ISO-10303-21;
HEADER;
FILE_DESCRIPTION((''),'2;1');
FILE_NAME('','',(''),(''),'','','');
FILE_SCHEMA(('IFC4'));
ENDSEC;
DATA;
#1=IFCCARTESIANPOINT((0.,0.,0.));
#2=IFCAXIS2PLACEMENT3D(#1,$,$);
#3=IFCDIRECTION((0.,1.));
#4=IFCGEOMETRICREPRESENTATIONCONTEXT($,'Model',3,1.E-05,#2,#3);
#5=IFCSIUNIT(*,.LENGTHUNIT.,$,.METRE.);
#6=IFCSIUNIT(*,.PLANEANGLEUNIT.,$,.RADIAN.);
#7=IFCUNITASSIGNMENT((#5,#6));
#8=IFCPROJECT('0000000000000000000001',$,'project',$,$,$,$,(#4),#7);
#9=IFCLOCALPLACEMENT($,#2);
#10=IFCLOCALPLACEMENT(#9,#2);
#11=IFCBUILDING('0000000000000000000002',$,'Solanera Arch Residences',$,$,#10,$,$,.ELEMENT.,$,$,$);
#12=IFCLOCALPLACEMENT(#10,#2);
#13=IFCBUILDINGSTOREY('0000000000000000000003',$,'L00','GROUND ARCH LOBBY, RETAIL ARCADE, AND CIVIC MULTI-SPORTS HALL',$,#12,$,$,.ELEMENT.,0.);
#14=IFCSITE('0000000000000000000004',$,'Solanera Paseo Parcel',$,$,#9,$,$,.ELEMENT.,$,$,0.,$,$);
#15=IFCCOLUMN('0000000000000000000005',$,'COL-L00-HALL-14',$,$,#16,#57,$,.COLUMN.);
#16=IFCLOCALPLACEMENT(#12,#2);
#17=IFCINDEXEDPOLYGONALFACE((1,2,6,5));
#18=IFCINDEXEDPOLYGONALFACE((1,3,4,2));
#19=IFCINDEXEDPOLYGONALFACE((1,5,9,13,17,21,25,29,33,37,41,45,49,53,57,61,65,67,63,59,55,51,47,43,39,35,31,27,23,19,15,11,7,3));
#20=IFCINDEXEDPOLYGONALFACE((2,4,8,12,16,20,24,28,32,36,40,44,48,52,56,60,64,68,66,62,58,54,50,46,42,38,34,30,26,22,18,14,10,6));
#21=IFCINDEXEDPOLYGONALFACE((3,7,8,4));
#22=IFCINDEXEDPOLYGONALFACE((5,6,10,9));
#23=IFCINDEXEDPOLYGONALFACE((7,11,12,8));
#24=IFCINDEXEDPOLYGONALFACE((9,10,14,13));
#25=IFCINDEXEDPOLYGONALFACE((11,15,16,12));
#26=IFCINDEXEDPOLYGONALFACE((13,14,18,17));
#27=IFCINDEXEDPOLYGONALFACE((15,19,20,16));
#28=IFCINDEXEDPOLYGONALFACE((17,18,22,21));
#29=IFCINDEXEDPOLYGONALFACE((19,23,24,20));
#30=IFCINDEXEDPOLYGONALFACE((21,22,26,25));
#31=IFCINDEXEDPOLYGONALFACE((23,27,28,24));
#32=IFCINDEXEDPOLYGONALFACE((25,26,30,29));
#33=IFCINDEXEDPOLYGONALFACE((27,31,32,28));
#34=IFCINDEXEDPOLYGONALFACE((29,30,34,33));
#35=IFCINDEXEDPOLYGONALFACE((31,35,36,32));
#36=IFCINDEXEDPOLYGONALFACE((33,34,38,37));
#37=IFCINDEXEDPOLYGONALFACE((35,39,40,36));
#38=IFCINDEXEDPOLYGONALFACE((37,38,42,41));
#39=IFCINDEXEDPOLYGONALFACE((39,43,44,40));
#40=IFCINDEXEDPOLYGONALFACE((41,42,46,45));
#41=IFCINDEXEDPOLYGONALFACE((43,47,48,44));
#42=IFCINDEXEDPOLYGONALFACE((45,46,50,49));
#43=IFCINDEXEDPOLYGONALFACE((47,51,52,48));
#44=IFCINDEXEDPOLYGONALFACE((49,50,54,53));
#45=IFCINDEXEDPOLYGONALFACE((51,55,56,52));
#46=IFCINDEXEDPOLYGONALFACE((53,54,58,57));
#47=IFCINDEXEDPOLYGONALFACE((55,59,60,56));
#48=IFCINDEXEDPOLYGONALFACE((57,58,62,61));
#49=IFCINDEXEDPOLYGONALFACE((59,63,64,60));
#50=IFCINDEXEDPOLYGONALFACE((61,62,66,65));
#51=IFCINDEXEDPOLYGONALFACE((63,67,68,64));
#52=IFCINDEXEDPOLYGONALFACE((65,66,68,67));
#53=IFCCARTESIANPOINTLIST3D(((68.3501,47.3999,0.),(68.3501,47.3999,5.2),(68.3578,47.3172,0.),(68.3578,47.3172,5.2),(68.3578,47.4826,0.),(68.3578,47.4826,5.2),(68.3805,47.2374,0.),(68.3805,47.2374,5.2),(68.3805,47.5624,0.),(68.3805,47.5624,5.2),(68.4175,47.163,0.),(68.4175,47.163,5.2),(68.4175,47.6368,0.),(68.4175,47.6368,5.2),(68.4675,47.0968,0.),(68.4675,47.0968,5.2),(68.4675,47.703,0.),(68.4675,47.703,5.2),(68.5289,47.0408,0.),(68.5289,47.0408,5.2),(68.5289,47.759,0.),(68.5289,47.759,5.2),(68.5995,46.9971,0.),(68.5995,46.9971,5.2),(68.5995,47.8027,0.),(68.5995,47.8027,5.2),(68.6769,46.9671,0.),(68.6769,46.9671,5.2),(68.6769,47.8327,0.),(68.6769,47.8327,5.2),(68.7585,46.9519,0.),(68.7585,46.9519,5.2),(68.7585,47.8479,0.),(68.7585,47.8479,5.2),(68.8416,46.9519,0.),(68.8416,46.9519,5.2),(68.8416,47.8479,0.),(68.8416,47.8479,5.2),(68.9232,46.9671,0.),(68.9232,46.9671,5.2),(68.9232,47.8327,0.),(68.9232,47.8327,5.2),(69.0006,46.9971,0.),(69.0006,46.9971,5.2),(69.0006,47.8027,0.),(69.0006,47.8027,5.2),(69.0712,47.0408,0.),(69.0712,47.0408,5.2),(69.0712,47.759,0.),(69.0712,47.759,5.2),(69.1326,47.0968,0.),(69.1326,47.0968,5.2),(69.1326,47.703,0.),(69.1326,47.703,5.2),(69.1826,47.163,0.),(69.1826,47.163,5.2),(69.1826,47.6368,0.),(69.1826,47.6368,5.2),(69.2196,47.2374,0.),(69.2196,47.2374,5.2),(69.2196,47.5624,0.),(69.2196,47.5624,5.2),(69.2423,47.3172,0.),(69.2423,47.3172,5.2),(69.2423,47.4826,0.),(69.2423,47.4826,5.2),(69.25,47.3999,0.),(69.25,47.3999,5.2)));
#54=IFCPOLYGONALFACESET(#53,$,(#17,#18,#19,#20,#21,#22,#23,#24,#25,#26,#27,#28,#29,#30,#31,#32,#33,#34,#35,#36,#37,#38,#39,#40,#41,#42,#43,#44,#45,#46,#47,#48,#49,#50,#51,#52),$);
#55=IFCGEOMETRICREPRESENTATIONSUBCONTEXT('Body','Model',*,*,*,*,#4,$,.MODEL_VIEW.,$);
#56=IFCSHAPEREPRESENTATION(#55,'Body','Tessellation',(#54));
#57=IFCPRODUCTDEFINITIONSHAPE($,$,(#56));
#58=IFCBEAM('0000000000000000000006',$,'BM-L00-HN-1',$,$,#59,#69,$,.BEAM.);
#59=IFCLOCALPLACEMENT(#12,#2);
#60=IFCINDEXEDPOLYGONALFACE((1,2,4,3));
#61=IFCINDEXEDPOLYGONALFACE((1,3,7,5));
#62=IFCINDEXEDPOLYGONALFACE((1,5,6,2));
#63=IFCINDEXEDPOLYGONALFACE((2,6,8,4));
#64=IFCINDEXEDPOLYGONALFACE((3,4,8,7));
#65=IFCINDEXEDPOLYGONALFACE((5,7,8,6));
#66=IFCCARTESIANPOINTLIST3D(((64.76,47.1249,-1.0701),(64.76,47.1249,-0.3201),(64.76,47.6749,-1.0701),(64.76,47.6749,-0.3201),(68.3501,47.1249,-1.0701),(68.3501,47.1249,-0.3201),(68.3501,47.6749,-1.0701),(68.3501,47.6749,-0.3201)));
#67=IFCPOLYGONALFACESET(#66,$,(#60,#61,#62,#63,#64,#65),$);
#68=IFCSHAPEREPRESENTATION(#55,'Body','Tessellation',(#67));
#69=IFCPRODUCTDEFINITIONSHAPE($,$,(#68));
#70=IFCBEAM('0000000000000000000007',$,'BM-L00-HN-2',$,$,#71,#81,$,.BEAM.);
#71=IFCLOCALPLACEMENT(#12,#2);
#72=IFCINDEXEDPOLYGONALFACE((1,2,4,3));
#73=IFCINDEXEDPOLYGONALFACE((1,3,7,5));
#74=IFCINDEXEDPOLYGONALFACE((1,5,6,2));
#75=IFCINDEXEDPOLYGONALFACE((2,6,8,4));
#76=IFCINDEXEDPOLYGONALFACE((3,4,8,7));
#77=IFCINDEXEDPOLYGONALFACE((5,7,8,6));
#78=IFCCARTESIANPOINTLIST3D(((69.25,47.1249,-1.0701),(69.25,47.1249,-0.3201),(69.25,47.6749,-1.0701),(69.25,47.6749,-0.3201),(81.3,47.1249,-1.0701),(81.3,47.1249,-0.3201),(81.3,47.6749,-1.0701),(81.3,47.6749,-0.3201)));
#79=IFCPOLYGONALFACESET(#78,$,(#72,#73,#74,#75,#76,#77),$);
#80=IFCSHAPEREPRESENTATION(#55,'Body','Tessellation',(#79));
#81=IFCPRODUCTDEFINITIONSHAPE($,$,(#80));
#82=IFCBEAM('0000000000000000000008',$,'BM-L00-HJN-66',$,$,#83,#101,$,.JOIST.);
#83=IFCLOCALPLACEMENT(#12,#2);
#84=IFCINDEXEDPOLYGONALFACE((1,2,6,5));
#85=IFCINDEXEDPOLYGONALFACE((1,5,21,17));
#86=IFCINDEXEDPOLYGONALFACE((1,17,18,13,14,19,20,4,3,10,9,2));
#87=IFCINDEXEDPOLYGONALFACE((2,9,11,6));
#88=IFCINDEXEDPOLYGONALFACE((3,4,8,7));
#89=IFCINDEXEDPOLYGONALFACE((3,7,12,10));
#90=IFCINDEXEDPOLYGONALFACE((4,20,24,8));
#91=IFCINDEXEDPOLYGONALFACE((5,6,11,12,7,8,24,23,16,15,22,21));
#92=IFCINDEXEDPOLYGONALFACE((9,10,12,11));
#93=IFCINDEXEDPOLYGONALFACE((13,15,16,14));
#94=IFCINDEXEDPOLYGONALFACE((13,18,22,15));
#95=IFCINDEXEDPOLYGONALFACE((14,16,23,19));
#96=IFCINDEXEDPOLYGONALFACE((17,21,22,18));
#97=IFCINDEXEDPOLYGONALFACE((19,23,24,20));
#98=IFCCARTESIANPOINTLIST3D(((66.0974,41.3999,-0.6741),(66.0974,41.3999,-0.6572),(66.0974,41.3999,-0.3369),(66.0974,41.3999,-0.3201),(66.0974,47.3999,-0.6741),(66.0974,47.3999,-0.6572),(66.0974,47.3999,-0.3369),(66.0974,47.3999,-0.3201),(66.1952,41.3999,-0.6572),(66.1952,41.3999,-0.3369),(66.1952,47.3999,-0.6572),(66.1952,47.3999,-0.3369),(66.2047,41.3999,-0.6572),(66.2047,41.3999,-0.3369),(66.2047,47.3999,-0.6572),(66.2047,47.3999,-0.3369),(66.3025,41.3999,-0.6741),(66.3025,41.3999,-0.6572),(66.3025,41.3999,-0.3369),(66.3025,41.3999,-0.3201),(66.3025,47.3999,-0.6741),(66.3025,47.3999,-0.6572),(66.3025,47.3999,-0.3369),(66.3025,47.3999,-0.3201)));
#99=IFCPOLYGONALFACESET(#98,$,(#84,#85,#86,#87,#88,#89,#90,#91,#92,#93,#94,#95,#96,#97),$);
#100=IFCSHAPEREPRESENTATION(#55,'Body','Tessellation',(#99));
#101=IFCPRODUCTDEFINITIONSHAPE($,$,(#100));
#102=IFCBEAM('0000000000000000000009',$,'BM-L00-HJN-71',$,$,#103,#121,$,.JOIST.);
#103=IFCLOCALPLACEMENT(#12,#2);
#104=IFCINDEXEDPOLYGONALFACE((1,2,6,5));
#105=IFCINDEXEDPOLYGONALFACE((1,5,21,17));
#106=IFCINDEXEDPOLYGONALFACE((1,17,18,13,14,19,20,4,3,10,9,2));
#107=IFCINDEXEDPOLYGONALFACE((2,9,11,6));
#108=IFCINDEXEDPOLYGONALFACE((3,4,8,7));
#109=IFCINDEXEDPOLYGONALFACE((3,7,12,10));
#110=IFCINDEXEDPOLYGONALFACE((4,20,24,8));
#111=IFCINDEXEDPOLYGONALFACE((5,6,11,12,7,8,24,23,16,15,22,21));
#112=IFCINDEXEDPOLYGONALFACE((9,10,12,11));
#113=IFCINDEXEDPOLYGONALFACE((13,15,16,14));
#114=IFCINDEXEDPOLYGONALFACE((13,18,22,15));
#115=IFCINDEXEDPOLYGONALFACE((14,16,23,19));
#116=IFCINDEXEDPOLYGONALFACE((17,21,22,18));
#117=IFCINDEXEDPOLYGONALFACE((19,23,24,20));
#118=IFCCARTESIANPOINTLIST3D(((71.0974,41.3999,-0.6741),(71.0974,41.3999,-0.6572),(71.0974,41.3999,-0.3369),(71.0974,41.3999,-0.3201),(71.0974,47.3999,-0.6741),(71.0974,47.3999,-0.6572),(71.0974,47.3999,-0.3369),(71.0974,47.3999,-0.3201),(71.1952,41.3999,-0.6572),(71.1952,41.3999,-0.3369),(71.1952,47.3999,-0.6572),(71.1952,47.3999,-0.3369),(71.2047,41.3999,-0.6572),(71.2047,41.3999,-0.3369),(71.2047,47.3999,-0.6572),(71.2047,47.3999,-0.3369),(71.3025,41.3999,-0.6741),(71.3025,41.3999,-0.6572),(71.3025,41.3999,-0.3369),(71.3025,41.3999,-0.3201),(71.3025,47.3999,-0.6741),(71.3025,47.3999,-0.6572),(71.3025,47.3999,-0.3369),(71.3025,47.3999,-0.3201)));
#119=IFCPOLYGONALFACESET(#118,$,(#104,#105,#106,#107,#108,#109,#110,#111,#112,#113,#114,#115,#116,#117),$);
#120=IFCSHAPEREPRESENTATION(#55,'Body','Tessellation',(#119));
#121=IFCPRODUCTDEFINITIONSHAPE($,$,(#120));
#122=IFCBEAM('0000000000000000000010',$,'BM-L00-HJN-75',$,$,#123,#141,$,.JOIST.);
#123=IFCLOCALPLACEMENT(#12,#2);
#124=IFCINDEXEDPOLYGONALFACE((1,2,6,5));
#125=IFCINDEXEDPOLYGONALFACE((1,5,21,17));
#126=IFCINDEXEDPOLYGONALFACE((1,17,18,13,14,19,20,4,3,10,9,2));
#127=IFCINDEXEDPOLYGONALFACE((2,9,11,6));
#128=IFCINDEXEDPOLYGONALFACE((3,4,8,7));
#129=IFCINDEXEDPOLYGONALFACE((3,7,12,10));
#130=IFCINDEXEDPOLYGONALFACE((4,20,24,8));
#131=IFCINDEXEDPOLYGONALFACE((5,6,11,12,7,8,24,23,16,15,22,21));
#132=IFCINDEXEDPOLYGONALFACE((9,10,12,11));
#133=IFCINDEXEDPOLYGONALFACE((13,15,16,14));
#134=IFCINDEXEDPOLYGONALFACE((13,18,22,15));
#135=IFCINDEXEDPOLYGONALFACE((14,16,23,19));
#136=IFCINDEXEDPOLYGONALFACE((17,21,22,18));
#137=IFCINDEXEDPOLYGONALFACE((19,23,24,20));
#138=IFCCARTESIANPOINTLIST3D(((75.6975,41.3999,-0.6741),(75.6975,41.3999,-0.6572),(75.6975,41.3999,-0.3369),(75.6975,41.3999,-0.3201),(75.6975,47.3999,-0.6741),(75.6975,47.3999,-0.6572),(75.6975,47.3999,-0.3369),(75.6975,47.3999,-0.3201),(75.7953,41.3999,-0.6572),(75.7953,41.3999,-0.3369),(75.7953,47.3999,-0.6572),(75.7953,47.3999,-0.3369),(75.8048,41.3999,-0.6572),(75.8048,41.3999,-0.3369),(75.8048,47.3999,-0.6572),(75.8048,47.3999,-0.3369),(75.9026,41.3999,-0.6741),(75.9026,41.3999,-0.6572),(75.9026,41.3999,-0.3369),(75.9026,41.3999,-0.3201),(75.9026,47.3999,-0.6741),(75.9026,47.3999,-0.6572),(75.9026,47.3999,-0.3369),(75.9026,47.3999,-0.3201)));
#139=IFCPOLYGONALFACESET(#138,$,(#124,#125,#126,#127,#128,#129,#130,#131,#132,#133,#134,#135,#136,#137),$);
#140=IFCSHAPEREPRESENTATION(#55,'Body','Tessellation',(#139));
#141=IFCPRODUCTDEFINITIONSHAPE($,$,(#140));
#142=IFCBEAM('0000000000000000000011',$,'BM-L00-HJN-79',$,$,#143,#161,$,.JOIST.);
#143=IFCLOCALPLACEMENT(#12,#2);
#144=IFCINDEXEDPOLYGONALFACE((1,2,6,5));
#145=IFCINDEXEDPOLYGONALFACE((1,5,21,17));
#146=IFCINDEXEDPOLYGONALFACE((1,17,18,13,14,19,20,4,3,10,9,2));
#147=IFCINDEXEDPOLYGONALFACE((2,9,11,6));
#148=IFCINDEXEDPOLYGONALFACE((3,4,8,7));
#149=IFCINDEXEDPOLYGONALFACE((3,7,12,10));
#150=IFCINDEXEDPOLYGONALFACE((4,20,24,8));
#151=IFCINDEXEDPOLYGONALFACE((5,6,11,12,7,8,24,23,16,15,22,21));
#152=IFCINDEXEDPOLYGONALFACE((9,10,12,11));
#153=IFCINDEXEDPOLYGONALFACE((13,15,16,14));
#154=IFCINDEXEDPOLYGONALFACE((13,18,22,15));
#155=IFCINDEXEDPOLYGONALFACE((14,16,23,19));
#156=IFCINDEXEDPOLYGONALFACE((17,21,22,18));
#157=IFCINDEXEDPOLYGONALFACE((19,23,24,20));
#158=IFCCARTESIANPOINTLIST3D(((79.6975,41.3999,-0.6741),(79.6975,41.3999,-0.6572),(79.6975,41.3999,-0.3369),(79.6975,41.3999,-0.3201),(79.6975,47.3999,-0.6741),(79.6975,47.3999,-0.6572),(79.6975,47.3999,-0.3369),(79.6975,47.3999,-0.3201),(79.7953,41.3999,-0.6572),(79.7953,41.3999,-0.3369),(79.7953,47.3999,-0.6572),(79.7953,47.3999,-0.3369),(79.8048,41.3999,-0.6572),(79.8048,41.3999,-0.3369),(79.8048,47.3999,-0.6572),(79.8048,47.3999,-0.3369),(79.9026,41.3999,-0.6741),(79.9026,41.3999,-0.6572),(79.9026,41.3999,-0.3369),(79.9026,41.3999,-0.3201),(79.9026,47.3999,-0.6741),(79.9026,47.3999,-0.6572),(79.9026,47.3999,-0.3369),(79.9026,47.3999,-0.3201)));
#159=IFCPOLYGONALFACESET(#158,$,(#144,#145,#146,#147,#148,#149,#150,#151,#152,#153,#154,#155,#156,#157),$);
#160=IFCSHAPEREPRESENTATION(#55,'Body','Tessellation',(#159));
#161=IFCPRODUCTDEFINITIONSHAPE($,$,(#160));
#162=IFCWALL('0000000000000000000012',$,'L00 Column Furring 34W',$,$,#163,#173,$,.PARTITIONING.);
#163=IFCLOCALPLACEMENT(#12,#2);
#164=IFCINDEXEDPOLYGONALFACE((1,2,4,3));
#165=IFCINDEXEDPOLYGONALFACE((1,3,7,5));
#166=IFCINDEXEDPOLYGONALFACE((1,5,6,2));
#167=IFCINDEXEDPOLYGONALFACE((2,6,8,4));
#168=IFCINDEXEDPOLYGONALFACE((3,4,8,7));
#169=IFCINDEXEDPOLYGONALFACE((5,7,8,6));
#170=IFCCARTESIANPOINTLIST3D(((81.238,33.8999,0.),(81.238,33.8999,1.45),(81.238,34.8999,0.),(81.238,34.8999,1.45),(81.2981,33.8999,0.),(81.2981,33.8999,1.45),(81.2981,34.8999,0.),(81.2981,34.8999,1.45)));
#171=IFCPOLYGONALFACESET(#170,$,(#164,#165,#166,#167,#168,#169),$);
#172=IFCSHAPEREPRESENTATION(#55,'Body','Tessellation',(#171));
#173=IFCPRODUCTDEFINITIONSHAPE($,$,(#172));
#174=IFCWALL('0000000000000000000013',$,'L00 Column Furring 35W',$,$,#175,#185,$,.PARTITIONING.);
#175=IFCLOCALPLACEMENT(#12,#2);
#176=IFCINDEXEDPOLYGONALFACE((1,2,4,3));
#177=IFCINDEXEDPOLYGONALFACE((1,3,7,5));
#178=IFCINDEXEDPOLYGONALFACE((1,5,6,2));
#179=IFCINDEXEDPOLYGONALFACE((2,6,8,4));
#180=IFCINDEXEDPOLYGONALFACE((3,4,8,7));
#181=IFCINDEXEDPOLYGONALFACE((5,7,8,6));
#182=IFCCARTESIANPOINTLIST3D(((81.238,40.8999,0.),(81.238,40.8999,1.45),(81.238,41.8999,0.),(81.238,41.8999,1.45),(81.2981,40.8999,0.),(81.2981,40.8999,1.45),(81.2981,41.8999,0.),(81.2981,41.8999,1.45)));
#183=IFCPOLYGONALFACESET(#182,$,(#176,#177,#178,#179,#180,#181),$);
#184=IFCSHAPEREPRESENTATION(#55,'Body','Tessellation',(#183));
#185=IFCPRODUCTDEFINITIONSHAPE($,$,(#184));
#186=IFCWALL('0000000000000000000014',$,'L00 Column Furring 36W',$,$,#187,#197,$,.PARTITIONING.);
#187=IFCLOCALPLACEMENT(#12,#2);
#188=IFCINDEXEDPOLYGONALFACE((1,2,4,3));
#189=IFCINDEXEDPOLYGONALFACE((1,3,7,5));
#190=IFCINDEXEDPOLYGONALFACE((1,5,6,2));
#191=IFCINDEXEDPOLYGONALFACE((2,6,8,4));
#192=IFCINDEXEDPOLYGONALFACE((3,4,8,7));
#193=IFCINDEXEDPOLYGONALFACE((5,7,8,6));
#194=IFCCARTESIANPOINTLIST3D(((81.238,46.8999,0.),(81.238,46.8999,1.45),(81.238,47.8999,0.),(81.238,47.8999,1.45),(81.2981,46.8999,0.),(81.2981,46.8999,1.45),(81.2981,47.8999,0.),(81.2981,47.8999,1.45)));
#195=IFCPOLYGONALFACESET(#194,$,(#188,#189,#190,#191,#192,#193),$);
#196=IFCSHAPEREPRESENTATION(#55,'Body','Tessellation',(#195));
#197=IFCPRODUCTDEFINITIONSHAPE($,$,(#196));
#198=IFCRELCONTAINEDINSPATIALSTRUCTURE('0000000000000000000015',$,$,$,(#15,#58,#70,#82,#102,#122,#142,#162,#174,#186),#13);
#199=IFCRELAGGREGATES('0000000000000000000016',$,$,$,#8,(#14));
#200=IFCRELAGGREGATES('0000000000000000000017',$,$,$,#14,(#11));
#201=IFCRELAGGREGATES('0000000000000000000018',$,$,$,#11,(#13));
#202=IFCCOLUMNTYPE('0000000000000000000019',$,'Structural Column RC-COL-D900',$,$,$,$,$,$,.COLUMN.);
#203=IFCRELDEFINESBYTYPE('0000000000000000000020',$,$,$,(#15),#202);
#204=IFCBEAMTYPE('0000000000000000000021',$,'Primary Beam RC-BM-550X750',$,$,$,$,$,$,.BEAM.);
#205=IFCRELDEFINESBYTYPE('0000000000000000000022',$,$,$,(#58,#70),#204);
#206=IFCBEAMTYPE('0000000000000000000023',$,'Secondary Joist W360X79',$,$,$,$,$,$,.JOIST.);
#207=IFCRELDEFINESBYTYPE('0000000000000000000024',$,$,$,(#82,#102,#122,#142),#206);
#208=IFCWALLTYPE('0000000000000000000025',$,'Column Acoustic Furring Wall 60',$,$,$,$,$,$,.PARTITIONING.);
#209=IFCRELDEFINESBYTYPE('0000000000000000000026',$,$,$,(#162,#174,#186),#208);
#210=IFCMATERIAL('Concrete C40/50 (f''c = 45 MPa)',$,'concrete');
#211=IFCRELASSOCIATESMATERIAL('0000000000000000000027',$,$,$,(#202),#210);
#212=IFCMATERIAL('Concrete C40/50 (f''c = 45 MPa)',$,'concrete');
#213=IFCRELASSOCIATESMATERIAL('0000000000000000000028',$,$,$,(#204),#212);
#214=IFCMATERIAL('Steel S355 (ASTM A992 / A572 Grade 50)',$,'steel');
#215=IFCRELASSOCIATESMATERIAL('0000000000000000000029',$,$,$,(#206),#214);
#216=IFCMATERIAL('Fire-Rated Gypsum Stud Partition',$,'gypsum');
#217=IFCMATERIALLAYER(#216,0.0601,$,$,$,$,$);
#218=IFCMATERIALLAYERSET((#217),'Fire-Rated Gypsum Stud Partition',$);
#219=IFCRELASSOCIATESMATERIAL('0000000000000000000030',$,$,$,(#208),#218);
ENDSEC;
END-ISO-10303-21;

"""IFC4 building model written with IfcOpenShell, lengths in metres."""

from ifc_helpers import new_model, si_unit, direction, frame, frame_2d, origin, origin_2d, place, context, subcontext, project, spatial, rectangle, circle, i_section, extrude, material, layer, layer_set, material_profile, profile_set, type_object, element, save


model = new_model("IFC4")

# Units and contexts
model_context = context("Model", 3, precision=1e-05, world=origin(), true_north=direction((0.0, 1.0)))
body_context = subcontext(model_context, "Body", "Model", "MODEL_VIEW")
ifc_project = project(units=[si_unit("LENGTHUNIT", "METRE"), si_unit("PLANEANGLEUNIT", "RADIAN")], contexts=[model_context])

# Site, building, storey
site_placement = place(None, origin())
site = spatial("IfcSite", under=ifc_project, at=site_placement, Name="Solanera Paseo Parcel", CompositionType="ELEMENT", RefElevation=0.0)
building_placement = place(site_placement, origin())
building = spatial("IfcBuilding", under=site, at=building_placement, Name="Solanera Arch Residences", CompositionType="ELEMENT")
storey_placement = place(building_placement, origin())
storey = spatial("IfcBuildingStorey", under=building, at=storey_placement, Name="L00", Description="GROUND ARCH LOBBY, RETAIL ARCADE, AND CIVIC MULTI-SPORTS HALL", CompositionType="ELEMENT", Elevation=0.0)

# Column
ifc_material_1 = material(Name="Concrete C40/50 (f'c = 45 MPa)", Category="concrete")
ifc_material_profile_1 = material_profile(ifc_material_1, circle(Radius=0.45, at=origin_2d()))
ifc_profile_set_1 = profile_set([ifc_material_profile_1], Name="Concrete C40/50 (f'c = 45 MPa)")
column_type = type_object("IfcColumnType", Name="Structural Column RC-COL-D900", PredefinedType="COLUMN", material=ifc_profile_set_1)
column_placement = place(storey_placement, frame((68.8, 47.3999, 0.0), z_axis=(0.0, 0.0, 1.0), x_axis=(1.0, 0.0, 0.0)))
element("IfcColumn", 1, at=column_placement, inside=storey, type_object=column_type, Name="COL-L00-HALL-14", PredefinedType="COLUMN", context=body_context, shape_type="SweptSolid", body=[
    extrude(circle(Radius=0.45, at=origin_2d()), origin(), (0.0, 0.0, 1.0), 5.2),
])

# Beams
ifc_material_2 = material(Name="Concrete C40/50 (f'c = 45 MPa)", Category="concrete")
ifc_material_profile_2 = material_profile(ifc_material_2, rectangle(XDim=0.55, YDim=0.75, at=origin_2d()))
ifc_profile_set_2 = profile_set([ifc_material_profile_2], Name="Concrete C40/50 (f'c = 45 MPa)")
beam_type_1 = type_object("IfcBeamType", Name="Primary Beam RC-BM-550X750", PredefinedType="BEAM", material=ifc_profile_set_2)
beam_1_placement = place(storey_placement, frame((64.76, 47.3999, -0.6951), z_axis=(1.0, 0.0, 0.0), x_axis=(0.0, 1.0, 0.0)))
element("IfcBeam", 2, at=beam_1_placement, inside=storey, type_object=beam_type_1, Name="BM-L00-HN-1", PredefinedType="BEAM", context=body_context, shape_type="SweptSolid", body=[
    extrude(rectangle(XDim=0.55, YDim=0.75, at=origin_2d()), origin(), (0.0, 0.0, 1.0), 3.5901),
])
beam_2_placement = place(storey_placement, frame((69.25, 47.3999, -0.6951), z_axis=(1.0, 0.0, 0.0), x_axis=(0.0, 1.0, 0.0)))
element("IfcBeam", 3, at=beam_2_placement, inside=storey, type_object=beam_type_1, Name="BM-L00-HN-2", PredefinedType="BEAM", context=body_context, shape_type="SweptSolid", body=[
    extrude(rectangle(XDim=0.55, YDim=0.75, at=origin_2d()), origin(), (0.0, 0.0, 1.0), 12.05),
])
ifc_material_3 = material(Name="Steel S355 (ASTM A992 / A572 Grade 50)", Category="steel")
ifc_material_profile_3 = material_profile(ifc_material_3, i_section(OverallWidth=0.2051, OverallDepth=0.354, WebThickness=0.0095, FlangeThickness=0.0168, at=origin_2d()))
ifc_profile_set_3 = profile_set([ifc_material_profile_3], Name="Steel S355 (ASTM A992 / A572 Grade 50)")
beam_type_2 = type_object("IfcBeamType", Name="Secondary Joist W360X79", PredefinedType="JOIST", material=ifc_profile_set_3)
for number, where, z_axis, x_axis, name in (
    (4, (66.2, 41.3999, -0.4971), (0.0, 1.0, 0.0), (-1.0, 0.0, 0.0), "BM-L00-HJN-66"),
    (5, (71.2, 41.3999, -0.4971), (0.0, 1.0, 0.0), (-1.0, 0.0, 0.0), "BM-L00-HJN-71"),
    (6, (75.8, 41.3999, -0.4971), (0.0, 1.0, 0.0), (-1.0, 0.0, 0.0), "BM-L00-HJN-75"),
    (7, (79.8, 41.3999, -0.4971), (0.0, 1.0, 0.0), (-1.0, 0.0, 0.0), "BM-L00-HJN-79"),
):
    element("IfcBeam", number, at=place(storey_placement, frame(where, z_axis=z_axis, x_axis=x_axis)), inside=storey, type_object=beam_type_2, Name=name, PredefinedType="JOIST", context=body_context, shape_type="SweptSolid", body=[
        extrude(i_section(OverallWidth=0.2051, OverallDepth=0.354, WebThickness=0.0095, FlangeThickness=0.0168, at=origin_2d()), origin(), (0.0, 0.0, 1.0), 6.0),
    ])

# Walls
ifc_material_4 = material(Name="Fire-Rated Gypsum Stud Partition", Category="gypsum")
ifc_layer_1 = layer(ifc_material_4, 0.0601)
ifc_layer_set_1 = layer_set([ifc_layer_1], Name="Fire-Rated Gypsum Stud Partition")
wall_type_1 = type_object("IfcWallType", Name="Column Acoustic Furring Wall 60", PredefinedType="PARTITIONING", material=ifc_layer_set_1)
for number, where, z_axis, x_axis, name in (
    (8, (81.2681, 33.8999, 0.0), (0.0, 0.0, 1.0), (0.0, 1.0, 0.0), "L00 Column Furring 34W"),
    (9, (81.2681, 40.8999, 0.0), (0.0, 0.0, 1.0), (0.0, 1.0, 0.0), "L00 Column Furring 35W"),
    (10, (81.2681, 46.8999, 0.0), (0.0, 0.0, 1.0), (0.0, 1.0, 0.0), "L00 Column Furring 36W"),
):
    element("IfcWall", number, at=place(storey_placement, frame(where, z_axis=z_axis, x_axis=x_axis)), inside=storey, type_object=wall_type_1, Name=name, PredefinedType="PARTITIONING", context=body_context, shape_type="SweptSolid", body=[
        extrude(rectangle(XDim=1.0, YDim=0.0601, at=frame_2d((0.5, 0.0))), origin(), (0.0, 0.0, 1.0), 1.45),
    ])

save(model, "model.ifc")
